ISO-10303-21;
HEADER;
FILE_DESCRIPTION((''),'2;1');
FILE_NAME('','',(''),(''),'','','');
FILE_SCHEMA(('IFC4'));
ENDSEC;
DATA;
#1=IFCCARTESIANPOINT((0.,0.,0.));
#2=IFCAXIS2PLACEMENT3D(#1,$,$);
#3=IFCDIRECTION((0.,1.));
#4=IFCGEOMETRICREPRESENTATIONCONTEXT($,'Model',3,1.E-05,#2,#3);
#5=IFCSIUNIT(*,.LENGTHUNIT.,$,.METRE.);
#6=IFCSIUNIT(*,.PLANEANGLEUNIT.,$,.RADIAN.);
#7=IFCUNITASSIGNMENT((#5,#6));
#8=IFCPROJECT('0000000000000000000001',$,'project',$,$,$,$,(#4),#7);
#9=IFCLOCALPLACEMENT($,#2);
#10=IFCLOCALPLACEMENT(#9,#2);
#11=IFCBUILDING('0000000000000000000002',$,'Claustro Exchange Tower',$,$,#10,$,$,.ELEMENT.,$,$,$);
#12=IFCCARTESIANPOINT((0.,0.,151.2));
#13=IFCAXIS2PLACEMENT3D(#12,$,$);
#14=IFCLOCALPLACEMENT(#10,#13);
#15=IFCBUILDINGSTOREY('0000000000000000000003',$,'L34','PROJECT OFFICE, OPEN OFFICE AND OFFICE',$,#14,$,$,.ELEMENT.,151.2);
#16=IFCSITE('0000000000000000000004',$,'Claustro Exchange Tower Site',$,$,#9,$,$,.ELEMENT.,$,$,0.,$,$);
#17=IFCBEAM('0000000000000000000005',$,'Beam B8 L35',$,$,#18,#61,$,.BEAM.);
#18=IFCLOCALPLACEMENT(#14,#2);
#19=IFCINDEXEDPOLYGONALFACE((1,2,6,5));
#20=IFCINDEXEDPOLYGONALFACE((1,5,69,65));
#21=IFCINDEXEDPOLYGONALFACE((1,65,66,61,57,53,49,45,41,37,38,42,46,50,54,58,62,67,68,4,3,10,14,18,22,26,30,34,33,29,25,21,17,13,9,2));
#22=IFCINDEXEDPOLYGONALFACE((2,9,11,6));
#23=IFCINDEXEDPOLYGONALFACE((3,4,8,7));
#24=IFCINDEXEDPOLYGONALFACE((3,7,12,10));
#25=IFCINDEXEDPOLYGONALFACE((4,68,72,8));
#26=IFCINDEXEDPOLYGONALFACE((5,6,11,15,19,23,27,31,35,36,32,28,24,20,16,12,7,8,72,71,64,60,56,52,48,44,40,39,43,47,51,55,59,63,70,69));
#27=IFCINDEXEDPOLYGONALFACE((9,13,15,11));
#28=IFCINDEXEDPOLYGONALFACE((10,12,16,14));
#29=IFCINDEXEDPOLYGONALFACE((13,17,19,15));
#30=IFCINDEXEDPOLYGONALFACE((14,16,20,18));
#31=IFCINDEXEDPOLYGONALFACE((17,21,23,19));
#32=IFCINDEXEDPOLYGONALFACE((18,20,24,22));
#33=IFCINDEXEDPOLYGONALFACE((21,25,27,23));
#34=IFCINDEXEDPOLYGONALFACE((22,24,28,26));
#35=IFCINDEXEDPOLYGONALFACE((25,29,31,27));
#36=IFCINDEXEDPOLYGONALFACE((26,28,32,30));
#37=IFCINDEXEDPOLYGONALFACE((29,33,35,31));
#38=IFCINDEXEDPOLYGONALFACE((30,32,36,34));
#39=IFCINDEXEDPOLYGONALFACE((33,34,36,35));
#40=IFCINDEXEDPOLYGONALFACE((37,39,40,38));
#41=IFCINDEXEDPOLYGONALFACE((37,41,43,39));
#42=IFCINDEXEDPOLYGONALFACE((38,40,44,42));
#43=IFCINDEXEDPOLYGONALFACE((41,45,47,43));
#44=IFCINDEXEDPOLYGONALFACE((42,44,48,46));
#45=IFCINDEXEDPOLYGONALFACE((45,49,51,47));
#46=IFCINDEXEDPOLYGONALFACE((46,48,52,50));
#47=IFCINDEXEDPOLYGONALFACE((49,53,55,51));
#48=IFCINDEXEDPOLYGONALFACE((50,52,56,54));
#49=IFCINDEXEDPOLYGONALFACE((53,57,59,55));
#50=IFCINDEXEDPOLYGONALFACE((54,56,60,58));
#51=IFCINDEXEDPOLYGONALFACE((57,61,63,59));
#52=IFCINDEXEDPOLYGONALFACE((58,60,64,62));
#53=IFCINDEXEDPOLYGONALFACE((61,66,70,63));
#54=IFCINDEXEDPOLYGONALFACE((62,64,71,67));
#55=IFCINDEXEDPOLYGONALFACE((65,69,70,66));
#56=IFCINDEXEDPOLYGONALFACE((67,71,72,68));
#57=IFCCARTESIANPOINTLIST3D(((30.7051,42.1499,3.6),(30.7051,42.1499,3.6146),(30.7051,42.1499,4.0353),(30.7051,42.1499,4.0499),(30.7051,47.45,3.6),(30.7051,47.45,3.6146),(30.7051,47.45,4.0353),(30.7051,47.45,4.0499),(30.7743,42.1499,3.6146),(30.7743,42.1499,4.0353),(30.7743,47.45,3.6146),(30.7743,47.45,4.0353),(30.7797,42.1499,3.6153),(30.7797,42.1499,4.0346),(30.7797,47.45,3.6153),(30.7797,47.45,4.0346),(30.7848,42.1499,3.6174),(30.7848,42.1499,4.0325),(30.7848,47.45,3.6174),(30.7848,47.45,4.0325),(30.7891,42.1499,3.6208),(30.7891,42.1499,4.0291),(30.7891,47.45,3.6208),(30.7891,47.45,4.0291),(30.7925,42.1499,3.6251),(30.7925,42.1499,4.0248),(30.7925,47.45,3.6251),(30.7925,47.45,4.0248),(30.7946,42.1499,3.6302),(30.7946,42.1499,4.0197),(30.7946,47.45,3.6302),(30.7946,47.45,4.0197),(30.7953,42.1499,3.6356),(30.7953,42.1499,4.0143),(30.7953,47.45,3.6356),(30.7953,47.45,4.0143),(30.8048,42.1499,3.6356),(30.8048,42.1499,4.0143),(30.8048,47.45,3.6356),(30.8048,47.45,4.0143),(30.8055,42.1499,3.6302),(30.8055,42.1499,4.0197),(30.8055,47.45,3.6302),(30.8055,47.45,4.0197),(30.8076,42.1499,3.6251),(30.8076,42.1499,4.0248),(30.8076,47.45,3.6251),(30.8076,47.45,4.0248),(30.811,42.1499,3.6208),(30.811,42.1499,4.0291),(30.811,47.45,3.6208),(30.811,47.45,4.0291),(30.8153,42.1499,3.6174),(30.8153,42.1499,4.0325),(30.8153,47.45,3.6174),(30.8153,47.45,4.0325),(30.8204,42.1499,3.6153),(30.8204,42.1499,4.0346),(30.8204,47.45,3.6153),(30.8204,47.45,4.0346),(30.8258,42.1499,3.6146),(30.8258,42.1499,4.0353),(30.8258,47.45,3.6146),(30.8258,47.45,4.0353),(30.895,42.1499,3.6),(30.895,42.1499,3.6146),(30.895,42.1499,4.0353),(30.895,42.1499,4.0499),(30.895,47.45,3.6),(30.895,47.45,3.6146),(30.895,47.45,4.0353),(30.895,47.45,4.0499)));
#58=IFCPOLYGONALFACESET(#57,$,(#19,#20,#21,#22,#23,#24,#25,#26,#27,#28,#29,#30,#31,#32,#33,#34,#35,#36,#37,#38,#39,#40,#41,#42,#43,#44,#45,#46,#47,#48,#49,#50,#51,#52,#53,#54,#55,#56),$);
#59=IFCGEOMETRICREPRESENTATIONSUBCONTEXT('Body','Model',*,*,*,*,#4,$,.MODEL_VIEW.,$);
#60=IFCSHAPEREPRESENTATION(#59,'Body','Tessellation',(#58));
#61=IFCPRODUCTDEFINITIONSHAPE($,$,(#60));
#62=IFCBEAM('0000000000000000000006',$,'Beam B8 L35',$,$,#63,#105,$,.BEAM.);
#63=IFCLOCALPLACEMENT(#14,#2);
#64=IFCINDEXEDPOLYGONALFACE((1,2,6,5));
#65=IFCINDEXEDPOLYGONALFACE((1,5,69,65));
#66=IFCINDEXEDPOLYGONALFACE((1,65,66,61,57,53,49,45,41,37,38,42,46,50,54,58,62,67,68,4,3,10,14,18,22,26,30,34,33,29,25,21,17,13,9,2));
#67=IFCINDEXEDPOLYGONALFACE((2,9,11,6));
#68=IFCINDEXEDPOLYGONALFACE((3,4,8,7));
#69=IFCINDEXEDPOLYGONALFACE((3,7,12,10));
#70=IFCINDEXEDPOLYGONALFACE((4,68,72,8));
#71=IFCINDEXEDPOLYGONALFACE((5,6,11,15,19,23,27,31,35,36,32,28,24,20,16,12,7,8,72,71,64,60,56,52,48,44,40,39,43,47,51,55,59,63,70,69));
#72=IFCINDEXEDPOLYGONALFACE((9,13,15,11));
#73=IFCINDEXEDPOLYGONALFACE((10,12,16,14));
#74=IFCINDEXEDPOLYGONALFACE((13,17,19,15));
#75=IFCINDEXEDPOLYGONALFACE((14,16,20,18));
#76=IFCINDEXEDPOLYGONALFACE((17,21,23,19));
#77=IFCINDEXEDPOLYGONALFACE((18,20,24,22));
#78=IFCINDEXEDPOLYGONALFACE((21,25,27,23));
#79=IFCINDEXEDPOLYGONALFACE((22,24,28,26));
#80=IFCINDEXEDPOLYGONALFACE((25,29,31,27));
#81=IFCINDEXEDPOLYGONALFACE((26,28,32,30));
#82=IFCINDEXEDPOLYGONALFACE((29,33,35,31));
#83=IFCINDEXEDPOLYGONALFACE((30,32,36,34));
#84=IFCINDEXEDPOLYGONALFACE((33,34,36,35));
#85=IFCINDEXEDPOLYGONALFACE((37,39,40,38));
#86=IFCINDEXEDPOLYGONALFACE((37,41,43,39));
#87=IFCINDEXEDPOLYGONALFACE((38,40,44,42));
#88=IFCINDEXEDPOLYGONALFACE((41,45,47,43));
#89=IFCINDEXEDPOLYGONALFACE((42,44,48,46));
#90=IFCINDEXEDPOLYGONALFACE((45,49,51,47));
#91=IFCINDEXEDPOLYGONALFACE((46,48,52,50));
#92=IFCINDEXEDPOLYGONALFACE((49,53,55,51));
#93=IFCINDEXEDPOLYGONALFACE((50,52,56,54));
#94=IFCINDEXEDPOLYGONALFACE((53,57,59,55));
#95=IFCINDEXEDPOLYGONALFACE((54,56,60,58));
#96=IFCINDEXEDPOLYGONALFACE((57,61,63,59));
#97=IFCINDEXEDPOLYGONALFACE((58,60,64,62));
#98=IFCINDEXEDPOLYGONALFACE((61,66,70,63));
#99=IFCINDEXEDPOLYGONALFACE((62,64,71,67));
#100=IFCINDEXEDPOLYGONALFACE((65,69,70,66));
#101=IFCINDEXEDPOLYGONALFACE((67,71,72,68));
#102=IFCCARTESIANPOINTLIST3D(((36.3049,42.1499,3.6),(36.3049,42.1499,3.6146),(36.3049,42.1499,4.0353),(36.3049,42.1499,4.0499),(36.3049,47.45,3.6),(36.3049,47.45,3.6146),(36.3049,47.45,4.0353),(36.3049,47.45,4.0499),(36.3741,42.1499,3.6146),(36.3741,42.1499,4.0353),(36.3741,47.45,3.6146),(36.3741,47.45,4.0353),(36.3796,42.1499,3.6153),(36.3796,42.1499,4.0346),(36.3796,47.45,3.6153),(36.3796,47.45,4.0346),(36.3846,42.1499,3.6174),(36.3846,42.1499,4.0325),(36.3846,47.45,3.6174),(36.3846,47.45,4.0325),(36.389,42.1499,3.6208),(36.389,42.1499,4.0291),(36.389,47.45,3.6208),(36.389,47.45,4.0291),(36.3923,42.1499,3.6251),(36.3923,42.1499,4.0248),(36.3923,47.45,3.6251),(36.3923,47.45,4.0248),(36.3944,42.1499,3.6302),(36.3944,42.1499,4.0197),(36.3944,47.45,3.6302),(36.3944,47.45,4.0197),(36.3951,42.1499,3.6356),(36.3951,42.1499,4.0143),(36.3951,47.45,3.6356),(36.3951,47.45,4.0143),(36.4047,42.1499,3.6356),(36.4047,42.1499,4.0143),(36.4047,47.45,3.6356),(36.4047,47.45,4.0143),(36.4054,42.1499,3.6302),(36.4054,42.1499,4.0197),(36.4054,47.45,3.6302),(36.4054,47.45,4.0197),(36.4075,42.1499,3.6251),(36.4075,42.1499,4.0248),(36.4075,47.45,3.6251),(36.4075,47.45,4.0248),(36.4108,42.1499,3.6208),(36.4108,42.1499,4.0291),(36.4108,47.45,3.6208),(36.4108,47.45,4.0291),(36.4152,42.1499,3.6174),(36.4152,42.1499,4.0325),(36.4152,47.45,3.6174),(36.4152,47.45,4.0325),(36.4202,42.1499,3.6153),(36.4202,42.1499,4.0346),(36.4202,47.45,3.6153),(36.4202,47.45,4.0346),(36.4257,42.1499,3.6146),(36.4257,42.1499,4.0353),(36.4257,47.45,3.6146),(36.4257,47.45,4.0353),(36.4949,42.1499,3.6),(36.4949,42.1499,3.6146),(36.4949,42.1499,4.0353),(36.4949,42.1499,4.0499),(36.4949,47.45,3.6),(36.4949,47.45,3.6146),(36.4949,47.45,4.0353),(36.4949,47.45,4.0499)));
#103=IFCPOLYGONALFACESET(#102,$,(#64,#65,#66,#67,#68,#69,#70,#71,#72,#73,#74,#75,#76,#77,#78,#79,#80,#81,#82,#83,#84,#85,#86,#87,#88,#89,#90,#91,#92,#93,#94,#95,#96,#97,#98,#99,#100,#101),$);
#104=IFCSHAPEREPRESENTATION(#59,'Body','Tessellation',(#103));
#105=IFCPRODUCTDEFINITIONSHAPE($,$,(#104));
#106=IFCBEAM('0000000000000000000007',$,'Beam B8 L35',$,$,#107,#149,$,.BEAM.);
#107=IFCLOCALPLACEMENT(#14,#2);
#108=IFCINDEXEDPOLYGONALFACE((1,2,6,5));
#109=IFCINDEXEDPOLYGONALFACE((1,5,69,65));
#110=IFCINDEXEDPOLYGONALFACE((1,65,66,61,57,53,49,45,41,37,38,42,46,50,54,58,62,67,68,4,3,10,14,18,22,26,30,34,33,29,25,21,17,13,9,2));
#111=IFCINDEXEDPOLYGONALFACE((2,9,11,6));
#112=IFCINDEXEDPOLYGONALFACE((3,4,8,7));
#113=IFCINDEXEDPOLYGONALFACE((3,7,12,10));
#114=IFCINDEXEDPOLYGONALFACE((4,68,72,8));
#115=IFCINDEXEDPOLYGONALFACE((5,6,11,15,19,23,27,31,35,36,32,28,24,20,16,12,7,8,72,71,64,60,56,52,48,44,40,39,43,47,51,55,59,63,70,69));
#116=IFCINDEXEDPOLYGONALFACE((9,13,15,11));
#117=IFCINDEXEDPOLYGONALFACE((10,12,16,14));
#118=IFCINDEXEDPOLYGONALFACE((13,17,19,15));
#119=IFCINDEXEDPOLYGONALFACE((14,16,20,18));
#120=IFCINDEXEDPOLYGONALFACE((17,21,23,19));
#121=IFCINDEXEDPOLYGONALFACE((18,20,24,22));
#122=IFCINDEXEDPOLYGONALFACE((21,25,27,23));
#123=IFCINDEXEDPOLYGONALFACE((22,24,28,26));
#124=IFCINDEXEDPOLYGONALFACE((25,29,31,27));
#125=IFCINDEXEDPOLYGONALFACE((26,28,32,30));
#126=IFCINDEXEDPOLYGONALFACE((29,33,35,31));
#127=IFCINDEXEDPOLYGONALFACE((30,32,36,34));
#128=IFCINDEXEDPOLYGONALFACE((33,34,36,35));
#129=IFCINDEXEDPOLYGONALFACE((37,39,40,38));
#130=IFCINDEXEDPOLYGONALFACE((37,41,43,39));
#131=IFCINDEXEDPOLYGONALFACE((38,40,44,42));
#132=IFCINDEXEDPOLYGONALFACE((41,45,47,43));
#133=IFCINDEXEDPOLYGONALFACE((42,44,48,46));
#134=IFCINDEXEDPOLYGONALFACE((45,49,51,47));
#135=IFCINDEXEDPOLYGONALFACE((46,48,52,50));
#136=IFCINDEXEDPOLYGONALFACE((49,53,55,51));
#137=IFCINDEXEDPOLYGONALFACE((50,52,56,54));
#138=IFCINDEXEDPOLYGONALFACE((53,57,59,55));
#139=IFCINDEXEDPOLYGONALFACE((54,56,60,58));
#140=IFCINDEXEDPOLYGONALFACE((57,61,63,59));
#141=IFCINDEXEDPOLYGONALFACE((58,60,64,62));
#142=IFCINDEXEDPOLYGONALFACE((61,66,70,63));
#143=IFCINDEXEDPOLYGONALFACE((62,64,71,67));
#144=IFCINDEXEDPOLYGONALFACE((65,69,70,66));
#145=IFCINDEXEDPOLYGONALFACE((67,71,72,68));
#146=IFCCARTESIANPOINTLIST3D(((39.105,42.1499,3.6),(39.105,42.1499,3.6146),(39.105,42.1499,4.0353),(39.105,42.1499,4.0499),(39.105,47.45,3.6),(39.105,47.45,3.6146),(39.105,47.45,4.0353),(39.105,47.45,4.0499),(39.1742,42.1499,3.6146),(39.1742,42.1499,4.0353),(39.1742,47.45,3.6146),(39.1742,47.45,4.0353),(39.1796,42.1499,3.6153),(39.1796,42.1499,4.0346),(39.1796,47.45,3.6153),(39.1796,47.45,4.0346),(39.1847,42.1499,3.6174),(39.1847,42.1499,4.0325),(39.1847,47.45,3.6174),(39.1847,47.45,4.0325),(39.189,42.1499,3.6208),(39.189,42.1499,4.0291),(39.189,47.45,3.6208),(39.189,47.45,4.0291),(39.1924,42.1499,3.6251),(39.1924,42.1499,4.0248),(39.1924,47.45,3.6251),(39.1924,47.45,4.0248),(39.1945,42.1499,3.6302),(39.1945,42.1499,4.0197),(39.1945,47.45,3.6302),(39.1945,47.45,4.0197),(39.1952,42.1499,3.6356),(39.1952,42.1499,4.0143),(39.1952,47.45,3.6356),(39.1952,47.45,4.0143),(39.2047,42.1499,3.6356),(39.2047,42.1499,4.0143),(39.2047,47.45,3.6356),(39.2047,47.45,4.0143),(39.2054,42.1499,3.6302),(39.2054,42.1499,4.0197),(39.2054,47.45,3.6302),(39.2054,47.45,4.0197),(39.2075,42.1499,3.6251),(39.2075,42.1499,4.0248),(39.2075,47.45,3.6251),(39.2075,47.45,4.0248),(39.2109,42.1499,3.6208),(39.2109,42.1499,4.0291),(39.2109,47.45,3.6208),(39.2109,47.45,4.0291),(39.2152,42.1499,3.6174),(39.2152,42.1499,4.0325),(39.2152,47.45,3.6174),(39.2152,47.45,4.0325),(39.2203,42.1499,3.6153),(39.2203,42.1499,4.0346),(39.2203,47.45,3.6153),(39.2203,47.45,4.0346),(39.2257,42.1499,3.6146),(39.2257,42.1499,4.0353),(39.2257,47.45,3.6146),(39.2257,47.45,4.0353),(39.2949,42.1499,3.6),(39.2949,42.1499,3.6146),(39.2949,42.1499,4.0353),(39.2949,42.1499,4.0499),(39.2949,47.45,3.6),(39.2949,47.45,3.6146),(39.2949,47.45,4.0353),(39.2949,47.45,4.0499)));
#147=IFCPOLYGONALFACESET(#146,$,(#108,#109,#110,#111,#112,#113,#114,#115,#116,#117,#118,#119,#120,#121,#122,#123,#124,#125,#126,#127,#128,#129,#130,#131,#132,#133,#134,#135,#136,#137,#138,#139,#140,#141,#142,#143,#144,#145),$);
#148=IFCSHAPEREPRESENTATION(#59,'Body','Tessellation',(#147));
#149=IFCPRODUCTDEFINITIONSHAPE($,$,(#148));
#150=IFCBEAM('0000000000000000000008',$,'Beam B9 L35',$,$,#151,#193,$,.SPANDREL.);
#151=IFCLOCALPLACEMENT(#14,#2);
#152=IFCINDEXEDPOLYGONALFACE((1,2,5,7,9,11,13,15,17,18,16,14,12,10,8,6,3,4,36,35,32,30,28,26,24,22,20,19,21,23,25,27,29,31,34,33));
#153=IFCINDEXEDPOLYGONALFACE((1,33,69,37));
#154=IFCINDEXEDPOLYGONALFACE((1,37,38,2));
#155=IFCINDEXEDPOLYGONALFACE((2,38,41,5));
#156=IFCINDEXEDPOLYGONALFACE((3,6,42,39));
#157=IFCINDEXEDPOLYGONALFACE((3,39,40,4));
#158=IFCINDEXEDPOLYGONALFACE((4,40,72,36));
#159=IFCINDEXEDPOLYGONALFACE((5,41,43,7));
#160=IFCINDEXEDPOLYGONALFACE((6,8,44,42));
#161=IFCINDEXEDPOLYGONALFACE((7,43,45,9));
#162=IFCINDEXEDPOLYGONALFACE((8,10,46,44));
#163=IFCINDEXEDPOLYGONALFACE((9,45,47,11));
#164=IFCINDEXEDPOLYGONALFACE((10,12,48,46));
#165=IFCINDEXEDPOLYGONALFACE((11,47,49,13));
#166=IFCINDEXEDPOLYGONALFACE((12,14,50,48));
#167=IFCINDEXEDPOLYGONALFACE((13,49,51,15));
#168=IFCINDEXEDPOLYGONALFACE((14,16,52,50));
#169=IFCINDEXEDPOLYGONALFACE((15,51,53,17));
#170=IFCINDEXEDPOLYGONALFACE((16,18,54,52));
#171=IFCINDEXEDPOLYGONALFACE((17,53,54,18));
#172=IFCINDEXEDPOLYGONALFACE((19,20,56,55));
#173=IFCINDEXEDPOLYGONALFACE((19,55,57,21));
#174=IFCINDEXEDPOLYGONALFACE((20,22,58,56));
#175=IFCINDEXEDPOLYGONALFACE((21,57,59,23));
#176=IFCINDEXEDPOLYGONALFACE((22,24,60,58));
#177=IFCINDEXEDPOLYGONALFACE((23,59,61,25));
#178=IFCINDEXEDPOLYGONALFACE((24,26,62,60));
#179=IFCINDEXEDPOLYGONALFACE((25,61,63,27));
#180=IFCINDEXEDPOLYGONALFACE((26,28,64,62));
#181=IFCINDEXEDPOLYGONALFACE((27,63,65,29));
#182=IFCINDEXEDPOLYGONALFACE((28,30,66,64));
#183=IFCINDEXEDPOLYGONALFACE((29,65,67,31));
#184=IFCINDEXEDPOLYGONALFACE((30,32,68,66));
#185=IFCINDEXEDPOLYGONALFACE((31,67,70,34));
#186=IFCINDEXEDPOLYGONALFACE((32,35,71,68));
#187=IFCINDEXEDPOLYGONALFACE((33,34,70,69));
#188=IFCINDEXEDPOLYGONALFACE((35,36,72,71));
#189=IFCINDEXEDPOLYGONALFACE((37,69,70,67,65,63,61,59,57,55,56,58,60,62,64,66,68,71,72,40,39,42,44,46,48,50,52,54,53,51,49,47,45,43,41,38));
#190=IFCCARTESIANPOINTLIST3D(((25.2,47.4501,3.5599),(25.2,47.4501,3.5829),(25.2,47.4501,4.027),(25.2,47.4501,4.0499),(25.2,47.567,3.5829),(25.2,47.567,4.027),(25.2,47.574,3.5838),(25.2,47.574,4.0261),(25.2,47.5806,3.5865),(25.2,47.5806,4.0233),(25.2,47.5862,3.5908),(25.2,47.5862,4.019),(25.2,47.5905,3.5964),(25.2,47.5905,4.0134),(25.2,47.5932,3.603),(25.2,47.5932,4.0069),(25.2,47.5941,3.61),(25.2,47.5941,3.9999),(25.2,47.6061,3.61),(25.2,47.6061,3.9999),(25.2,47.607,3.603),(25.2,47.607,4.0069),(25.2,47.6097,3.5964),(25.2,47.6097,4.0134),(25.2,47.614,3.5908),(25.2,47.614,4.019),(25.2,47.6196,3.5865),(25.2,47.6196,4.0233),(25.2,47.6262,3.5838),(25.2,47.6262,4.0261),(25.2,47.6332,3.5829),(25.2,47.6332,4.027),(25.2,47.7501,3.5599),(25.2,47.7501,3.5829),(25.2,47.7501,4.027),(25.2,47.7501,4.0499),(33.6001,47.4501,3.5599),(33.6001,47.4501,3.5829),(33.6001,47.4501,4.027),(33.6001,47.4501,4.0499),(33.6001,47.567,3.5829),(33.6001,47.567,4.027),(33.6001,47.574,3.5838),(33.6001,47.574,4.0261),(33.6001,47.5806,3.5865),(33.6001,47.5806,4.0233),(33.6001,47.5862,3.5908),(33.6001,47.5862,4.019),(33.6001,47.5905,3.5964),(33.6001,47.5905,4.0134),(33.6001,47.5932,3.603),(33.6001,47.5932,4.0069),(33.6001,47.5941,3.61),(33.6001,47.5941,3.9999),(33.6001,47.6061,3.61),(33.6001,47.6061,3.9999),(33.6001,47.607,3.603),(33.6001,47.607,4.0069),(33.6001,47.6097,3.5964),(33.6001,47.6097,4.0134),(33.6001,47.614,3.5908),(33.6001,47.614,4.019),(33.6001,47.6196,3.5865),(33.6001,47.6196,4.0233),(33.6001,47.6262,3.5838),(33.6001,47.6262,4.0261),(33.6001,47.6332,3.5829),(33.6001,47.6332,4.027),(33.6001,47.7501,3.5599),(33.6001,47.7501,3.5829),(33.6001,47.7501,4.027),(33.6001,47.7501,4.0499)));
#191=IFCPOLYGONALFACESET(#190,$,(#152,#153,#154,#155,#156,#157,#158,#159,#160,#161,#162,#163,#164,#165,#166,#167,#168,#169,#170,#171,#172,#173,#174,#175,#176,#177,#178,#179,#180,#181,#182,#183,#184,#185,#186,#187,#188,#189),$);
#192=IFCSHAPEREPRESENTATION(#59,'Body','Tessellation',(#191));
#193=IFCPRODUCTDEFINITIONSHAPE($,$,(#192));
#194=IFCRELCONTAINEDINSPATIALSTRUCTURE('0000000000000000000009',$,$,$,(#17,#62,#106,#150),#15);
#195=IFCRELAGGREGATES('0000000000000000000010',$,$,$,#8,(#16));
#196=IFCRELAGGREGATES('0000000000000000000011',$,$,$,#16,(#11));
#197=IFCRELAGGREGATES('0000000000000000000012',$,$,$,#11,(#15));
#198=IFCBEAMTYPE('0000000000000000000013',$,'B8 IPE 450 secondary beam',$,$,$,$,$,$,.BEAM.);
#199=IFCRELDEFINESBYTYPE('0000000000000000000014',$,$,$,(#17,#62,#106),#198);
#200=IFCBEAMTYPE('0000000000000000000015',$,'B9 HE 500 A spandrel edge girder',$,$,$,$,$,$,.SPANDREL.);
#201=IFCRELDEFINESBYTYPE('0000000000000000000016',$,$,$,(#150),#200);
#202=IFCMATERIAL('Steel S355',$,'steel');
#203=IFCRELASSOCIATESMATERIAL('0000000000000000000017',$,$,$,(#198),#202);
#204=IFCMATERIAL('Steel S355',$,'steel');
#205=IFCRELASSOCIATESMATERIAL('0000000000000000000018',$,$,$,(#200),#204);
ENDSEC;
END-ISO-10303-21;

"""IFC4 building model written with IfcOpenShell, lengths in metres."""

from ifc_helpers import new_model, si_unit, direction, frame, origin, origin_2d, place, context, subcontext, project, spatial, i_section, extrude, material, material_profile, profile_set, type_object, element, save


model = new_model("IFC4")

# Units and contexts
model_context = context("Model", 3, precision=1e-05, world=origin(), true_north=direction((0.0, 1.0)))
body_context = subcontext(model_context, "Body", "Model", "MODEL_VIEW")
ifc_project = project(units=[si_unit("LENGTHUNIT", "METRE"), si_unit("PLANEANGLEUNIT", "RADIAN")], contexts=[model_context])

# Site, building, storey
site_placement = place(None, origin())
site = spatial("IfcSite", under=ifc_project, at=site_placement, Name="Claustro Exchange Tower Site", CompositionType="ELEMENT", RefElevation=0.0)
building_placement = place(site_placement, origin())
building = spatial("IfcBuilding", under=site, at=building_placement, Name="Claustro Exchange Tower", CompositionType="ELEMENT")
storey_placement = place(building_placement, frame((0.0, 0.0, 151.2)))
storey = spatial("IfcBuildingStorey", under=building, at=storey_placement, Name="L34", Description="PROJECT OFFICE, OPEN OFFICE AND OFFICE", CompositionType="ELEMENT", Elevation=151.2)

# Beams
ifc_material_1 = material(Name="Steel S355", Category="steel")
ifc_material_profile_1 = material_profile(ifc_material_1, i_section(OverallWidth=0.1899, OverallDepth=0.45, WebThickness=0.0095, FlangeThickness=0.0146, FilletRadius=0.021, at=origin_2d()), Name="IPE 450")
ifc_profile_set_1 = profile_set([ifc_material_profile_1], Name="Steel S355")
beam_type_1 = type_object("IfcBeamType", Name="B8 IPE 450 secondary beam", PredefinedType="BEAM", material=ifc_profile_set_1)
for number, where, z_axis, x_axis, name in (
    (1, (30.8, 42.1499, 3.825), (0.0, 1.0, 0.0), (-1.0, 0.0, 0.0), "Beam B8 L35"),
    (2, (36.3999, 42.1499, 3.825), (0.0, 1.0, 0.0), (-1.0, 0.0, 0.0), "Beam B8 L35"),
    (3, (39.2, 42.1499, 3.825), (0.0, 1.0, 0.0), (-1.0, 0.0, 0.0), "Beam B8 L35"),
):
    element("IfcBeam", number, at=place(storey_placement, frame(where, z_axis=z_axis, x_axis=x_axis)), inside=storey, type_object=beam_type_1, Name=name, PredefinedType="BEAM", context=body_context, shape_type="SweptSolid", body=[
        extrude(i_section(OverallWidth=0.1899, OverallDepth=0.45, WebThickness=0.0095, FlangeThickness=0.0146, FilletRadius=0.021, at=origin_2d()), origin(), (0.0, 0.0, 1.0), 5.3),
    ])
ifc_material_2 = material(Name="Steel S355", Category="steel")
ifc_material_profile_2 = material_profile(ifc_material_2, i_section(OverallWidth=0.3, OverallDepth=0.49, WebThickness=0.012, FlangeThickness=0.0229, FilletRadius=0.0271, at=origin_2d()), Name="HE 500 A")
ifc_profile_set_2 = profile_set([ifc_material_profile_2], Name="Steel S355")
beam_type_2 = type_object("IfcBeamType", Name="B9 HE 500 A spandrel edge girder", PredefinedType="SPANDREL", material=ifc_profile_set_2)
beam_1_placement = place(storey_placement, frame((25.2, 47.6001, 3.8049), z_axis=(1.0, 0.0, 0.0), x_axis=(0.0, 1.0, 0.0)))
element("IfcBeam", 4, at=beam_1_placement, inside=storey, type_object=beam_type_2, Name="Beam B9 L35", PredefinedType="SPANDREL", context=body_context, shape_type="SweptSolid", body=[
    extrude(i_section(OverallWidth=0.3, OverallDepth=0.49, WebThickness=0.012, FlangeThickness=0.0229, FilletRadius=0.0271, at=origin_2d()), origin(), (0.0, 0.0, 1.0), 8.4001),
])

save(model, "model.ifc")
